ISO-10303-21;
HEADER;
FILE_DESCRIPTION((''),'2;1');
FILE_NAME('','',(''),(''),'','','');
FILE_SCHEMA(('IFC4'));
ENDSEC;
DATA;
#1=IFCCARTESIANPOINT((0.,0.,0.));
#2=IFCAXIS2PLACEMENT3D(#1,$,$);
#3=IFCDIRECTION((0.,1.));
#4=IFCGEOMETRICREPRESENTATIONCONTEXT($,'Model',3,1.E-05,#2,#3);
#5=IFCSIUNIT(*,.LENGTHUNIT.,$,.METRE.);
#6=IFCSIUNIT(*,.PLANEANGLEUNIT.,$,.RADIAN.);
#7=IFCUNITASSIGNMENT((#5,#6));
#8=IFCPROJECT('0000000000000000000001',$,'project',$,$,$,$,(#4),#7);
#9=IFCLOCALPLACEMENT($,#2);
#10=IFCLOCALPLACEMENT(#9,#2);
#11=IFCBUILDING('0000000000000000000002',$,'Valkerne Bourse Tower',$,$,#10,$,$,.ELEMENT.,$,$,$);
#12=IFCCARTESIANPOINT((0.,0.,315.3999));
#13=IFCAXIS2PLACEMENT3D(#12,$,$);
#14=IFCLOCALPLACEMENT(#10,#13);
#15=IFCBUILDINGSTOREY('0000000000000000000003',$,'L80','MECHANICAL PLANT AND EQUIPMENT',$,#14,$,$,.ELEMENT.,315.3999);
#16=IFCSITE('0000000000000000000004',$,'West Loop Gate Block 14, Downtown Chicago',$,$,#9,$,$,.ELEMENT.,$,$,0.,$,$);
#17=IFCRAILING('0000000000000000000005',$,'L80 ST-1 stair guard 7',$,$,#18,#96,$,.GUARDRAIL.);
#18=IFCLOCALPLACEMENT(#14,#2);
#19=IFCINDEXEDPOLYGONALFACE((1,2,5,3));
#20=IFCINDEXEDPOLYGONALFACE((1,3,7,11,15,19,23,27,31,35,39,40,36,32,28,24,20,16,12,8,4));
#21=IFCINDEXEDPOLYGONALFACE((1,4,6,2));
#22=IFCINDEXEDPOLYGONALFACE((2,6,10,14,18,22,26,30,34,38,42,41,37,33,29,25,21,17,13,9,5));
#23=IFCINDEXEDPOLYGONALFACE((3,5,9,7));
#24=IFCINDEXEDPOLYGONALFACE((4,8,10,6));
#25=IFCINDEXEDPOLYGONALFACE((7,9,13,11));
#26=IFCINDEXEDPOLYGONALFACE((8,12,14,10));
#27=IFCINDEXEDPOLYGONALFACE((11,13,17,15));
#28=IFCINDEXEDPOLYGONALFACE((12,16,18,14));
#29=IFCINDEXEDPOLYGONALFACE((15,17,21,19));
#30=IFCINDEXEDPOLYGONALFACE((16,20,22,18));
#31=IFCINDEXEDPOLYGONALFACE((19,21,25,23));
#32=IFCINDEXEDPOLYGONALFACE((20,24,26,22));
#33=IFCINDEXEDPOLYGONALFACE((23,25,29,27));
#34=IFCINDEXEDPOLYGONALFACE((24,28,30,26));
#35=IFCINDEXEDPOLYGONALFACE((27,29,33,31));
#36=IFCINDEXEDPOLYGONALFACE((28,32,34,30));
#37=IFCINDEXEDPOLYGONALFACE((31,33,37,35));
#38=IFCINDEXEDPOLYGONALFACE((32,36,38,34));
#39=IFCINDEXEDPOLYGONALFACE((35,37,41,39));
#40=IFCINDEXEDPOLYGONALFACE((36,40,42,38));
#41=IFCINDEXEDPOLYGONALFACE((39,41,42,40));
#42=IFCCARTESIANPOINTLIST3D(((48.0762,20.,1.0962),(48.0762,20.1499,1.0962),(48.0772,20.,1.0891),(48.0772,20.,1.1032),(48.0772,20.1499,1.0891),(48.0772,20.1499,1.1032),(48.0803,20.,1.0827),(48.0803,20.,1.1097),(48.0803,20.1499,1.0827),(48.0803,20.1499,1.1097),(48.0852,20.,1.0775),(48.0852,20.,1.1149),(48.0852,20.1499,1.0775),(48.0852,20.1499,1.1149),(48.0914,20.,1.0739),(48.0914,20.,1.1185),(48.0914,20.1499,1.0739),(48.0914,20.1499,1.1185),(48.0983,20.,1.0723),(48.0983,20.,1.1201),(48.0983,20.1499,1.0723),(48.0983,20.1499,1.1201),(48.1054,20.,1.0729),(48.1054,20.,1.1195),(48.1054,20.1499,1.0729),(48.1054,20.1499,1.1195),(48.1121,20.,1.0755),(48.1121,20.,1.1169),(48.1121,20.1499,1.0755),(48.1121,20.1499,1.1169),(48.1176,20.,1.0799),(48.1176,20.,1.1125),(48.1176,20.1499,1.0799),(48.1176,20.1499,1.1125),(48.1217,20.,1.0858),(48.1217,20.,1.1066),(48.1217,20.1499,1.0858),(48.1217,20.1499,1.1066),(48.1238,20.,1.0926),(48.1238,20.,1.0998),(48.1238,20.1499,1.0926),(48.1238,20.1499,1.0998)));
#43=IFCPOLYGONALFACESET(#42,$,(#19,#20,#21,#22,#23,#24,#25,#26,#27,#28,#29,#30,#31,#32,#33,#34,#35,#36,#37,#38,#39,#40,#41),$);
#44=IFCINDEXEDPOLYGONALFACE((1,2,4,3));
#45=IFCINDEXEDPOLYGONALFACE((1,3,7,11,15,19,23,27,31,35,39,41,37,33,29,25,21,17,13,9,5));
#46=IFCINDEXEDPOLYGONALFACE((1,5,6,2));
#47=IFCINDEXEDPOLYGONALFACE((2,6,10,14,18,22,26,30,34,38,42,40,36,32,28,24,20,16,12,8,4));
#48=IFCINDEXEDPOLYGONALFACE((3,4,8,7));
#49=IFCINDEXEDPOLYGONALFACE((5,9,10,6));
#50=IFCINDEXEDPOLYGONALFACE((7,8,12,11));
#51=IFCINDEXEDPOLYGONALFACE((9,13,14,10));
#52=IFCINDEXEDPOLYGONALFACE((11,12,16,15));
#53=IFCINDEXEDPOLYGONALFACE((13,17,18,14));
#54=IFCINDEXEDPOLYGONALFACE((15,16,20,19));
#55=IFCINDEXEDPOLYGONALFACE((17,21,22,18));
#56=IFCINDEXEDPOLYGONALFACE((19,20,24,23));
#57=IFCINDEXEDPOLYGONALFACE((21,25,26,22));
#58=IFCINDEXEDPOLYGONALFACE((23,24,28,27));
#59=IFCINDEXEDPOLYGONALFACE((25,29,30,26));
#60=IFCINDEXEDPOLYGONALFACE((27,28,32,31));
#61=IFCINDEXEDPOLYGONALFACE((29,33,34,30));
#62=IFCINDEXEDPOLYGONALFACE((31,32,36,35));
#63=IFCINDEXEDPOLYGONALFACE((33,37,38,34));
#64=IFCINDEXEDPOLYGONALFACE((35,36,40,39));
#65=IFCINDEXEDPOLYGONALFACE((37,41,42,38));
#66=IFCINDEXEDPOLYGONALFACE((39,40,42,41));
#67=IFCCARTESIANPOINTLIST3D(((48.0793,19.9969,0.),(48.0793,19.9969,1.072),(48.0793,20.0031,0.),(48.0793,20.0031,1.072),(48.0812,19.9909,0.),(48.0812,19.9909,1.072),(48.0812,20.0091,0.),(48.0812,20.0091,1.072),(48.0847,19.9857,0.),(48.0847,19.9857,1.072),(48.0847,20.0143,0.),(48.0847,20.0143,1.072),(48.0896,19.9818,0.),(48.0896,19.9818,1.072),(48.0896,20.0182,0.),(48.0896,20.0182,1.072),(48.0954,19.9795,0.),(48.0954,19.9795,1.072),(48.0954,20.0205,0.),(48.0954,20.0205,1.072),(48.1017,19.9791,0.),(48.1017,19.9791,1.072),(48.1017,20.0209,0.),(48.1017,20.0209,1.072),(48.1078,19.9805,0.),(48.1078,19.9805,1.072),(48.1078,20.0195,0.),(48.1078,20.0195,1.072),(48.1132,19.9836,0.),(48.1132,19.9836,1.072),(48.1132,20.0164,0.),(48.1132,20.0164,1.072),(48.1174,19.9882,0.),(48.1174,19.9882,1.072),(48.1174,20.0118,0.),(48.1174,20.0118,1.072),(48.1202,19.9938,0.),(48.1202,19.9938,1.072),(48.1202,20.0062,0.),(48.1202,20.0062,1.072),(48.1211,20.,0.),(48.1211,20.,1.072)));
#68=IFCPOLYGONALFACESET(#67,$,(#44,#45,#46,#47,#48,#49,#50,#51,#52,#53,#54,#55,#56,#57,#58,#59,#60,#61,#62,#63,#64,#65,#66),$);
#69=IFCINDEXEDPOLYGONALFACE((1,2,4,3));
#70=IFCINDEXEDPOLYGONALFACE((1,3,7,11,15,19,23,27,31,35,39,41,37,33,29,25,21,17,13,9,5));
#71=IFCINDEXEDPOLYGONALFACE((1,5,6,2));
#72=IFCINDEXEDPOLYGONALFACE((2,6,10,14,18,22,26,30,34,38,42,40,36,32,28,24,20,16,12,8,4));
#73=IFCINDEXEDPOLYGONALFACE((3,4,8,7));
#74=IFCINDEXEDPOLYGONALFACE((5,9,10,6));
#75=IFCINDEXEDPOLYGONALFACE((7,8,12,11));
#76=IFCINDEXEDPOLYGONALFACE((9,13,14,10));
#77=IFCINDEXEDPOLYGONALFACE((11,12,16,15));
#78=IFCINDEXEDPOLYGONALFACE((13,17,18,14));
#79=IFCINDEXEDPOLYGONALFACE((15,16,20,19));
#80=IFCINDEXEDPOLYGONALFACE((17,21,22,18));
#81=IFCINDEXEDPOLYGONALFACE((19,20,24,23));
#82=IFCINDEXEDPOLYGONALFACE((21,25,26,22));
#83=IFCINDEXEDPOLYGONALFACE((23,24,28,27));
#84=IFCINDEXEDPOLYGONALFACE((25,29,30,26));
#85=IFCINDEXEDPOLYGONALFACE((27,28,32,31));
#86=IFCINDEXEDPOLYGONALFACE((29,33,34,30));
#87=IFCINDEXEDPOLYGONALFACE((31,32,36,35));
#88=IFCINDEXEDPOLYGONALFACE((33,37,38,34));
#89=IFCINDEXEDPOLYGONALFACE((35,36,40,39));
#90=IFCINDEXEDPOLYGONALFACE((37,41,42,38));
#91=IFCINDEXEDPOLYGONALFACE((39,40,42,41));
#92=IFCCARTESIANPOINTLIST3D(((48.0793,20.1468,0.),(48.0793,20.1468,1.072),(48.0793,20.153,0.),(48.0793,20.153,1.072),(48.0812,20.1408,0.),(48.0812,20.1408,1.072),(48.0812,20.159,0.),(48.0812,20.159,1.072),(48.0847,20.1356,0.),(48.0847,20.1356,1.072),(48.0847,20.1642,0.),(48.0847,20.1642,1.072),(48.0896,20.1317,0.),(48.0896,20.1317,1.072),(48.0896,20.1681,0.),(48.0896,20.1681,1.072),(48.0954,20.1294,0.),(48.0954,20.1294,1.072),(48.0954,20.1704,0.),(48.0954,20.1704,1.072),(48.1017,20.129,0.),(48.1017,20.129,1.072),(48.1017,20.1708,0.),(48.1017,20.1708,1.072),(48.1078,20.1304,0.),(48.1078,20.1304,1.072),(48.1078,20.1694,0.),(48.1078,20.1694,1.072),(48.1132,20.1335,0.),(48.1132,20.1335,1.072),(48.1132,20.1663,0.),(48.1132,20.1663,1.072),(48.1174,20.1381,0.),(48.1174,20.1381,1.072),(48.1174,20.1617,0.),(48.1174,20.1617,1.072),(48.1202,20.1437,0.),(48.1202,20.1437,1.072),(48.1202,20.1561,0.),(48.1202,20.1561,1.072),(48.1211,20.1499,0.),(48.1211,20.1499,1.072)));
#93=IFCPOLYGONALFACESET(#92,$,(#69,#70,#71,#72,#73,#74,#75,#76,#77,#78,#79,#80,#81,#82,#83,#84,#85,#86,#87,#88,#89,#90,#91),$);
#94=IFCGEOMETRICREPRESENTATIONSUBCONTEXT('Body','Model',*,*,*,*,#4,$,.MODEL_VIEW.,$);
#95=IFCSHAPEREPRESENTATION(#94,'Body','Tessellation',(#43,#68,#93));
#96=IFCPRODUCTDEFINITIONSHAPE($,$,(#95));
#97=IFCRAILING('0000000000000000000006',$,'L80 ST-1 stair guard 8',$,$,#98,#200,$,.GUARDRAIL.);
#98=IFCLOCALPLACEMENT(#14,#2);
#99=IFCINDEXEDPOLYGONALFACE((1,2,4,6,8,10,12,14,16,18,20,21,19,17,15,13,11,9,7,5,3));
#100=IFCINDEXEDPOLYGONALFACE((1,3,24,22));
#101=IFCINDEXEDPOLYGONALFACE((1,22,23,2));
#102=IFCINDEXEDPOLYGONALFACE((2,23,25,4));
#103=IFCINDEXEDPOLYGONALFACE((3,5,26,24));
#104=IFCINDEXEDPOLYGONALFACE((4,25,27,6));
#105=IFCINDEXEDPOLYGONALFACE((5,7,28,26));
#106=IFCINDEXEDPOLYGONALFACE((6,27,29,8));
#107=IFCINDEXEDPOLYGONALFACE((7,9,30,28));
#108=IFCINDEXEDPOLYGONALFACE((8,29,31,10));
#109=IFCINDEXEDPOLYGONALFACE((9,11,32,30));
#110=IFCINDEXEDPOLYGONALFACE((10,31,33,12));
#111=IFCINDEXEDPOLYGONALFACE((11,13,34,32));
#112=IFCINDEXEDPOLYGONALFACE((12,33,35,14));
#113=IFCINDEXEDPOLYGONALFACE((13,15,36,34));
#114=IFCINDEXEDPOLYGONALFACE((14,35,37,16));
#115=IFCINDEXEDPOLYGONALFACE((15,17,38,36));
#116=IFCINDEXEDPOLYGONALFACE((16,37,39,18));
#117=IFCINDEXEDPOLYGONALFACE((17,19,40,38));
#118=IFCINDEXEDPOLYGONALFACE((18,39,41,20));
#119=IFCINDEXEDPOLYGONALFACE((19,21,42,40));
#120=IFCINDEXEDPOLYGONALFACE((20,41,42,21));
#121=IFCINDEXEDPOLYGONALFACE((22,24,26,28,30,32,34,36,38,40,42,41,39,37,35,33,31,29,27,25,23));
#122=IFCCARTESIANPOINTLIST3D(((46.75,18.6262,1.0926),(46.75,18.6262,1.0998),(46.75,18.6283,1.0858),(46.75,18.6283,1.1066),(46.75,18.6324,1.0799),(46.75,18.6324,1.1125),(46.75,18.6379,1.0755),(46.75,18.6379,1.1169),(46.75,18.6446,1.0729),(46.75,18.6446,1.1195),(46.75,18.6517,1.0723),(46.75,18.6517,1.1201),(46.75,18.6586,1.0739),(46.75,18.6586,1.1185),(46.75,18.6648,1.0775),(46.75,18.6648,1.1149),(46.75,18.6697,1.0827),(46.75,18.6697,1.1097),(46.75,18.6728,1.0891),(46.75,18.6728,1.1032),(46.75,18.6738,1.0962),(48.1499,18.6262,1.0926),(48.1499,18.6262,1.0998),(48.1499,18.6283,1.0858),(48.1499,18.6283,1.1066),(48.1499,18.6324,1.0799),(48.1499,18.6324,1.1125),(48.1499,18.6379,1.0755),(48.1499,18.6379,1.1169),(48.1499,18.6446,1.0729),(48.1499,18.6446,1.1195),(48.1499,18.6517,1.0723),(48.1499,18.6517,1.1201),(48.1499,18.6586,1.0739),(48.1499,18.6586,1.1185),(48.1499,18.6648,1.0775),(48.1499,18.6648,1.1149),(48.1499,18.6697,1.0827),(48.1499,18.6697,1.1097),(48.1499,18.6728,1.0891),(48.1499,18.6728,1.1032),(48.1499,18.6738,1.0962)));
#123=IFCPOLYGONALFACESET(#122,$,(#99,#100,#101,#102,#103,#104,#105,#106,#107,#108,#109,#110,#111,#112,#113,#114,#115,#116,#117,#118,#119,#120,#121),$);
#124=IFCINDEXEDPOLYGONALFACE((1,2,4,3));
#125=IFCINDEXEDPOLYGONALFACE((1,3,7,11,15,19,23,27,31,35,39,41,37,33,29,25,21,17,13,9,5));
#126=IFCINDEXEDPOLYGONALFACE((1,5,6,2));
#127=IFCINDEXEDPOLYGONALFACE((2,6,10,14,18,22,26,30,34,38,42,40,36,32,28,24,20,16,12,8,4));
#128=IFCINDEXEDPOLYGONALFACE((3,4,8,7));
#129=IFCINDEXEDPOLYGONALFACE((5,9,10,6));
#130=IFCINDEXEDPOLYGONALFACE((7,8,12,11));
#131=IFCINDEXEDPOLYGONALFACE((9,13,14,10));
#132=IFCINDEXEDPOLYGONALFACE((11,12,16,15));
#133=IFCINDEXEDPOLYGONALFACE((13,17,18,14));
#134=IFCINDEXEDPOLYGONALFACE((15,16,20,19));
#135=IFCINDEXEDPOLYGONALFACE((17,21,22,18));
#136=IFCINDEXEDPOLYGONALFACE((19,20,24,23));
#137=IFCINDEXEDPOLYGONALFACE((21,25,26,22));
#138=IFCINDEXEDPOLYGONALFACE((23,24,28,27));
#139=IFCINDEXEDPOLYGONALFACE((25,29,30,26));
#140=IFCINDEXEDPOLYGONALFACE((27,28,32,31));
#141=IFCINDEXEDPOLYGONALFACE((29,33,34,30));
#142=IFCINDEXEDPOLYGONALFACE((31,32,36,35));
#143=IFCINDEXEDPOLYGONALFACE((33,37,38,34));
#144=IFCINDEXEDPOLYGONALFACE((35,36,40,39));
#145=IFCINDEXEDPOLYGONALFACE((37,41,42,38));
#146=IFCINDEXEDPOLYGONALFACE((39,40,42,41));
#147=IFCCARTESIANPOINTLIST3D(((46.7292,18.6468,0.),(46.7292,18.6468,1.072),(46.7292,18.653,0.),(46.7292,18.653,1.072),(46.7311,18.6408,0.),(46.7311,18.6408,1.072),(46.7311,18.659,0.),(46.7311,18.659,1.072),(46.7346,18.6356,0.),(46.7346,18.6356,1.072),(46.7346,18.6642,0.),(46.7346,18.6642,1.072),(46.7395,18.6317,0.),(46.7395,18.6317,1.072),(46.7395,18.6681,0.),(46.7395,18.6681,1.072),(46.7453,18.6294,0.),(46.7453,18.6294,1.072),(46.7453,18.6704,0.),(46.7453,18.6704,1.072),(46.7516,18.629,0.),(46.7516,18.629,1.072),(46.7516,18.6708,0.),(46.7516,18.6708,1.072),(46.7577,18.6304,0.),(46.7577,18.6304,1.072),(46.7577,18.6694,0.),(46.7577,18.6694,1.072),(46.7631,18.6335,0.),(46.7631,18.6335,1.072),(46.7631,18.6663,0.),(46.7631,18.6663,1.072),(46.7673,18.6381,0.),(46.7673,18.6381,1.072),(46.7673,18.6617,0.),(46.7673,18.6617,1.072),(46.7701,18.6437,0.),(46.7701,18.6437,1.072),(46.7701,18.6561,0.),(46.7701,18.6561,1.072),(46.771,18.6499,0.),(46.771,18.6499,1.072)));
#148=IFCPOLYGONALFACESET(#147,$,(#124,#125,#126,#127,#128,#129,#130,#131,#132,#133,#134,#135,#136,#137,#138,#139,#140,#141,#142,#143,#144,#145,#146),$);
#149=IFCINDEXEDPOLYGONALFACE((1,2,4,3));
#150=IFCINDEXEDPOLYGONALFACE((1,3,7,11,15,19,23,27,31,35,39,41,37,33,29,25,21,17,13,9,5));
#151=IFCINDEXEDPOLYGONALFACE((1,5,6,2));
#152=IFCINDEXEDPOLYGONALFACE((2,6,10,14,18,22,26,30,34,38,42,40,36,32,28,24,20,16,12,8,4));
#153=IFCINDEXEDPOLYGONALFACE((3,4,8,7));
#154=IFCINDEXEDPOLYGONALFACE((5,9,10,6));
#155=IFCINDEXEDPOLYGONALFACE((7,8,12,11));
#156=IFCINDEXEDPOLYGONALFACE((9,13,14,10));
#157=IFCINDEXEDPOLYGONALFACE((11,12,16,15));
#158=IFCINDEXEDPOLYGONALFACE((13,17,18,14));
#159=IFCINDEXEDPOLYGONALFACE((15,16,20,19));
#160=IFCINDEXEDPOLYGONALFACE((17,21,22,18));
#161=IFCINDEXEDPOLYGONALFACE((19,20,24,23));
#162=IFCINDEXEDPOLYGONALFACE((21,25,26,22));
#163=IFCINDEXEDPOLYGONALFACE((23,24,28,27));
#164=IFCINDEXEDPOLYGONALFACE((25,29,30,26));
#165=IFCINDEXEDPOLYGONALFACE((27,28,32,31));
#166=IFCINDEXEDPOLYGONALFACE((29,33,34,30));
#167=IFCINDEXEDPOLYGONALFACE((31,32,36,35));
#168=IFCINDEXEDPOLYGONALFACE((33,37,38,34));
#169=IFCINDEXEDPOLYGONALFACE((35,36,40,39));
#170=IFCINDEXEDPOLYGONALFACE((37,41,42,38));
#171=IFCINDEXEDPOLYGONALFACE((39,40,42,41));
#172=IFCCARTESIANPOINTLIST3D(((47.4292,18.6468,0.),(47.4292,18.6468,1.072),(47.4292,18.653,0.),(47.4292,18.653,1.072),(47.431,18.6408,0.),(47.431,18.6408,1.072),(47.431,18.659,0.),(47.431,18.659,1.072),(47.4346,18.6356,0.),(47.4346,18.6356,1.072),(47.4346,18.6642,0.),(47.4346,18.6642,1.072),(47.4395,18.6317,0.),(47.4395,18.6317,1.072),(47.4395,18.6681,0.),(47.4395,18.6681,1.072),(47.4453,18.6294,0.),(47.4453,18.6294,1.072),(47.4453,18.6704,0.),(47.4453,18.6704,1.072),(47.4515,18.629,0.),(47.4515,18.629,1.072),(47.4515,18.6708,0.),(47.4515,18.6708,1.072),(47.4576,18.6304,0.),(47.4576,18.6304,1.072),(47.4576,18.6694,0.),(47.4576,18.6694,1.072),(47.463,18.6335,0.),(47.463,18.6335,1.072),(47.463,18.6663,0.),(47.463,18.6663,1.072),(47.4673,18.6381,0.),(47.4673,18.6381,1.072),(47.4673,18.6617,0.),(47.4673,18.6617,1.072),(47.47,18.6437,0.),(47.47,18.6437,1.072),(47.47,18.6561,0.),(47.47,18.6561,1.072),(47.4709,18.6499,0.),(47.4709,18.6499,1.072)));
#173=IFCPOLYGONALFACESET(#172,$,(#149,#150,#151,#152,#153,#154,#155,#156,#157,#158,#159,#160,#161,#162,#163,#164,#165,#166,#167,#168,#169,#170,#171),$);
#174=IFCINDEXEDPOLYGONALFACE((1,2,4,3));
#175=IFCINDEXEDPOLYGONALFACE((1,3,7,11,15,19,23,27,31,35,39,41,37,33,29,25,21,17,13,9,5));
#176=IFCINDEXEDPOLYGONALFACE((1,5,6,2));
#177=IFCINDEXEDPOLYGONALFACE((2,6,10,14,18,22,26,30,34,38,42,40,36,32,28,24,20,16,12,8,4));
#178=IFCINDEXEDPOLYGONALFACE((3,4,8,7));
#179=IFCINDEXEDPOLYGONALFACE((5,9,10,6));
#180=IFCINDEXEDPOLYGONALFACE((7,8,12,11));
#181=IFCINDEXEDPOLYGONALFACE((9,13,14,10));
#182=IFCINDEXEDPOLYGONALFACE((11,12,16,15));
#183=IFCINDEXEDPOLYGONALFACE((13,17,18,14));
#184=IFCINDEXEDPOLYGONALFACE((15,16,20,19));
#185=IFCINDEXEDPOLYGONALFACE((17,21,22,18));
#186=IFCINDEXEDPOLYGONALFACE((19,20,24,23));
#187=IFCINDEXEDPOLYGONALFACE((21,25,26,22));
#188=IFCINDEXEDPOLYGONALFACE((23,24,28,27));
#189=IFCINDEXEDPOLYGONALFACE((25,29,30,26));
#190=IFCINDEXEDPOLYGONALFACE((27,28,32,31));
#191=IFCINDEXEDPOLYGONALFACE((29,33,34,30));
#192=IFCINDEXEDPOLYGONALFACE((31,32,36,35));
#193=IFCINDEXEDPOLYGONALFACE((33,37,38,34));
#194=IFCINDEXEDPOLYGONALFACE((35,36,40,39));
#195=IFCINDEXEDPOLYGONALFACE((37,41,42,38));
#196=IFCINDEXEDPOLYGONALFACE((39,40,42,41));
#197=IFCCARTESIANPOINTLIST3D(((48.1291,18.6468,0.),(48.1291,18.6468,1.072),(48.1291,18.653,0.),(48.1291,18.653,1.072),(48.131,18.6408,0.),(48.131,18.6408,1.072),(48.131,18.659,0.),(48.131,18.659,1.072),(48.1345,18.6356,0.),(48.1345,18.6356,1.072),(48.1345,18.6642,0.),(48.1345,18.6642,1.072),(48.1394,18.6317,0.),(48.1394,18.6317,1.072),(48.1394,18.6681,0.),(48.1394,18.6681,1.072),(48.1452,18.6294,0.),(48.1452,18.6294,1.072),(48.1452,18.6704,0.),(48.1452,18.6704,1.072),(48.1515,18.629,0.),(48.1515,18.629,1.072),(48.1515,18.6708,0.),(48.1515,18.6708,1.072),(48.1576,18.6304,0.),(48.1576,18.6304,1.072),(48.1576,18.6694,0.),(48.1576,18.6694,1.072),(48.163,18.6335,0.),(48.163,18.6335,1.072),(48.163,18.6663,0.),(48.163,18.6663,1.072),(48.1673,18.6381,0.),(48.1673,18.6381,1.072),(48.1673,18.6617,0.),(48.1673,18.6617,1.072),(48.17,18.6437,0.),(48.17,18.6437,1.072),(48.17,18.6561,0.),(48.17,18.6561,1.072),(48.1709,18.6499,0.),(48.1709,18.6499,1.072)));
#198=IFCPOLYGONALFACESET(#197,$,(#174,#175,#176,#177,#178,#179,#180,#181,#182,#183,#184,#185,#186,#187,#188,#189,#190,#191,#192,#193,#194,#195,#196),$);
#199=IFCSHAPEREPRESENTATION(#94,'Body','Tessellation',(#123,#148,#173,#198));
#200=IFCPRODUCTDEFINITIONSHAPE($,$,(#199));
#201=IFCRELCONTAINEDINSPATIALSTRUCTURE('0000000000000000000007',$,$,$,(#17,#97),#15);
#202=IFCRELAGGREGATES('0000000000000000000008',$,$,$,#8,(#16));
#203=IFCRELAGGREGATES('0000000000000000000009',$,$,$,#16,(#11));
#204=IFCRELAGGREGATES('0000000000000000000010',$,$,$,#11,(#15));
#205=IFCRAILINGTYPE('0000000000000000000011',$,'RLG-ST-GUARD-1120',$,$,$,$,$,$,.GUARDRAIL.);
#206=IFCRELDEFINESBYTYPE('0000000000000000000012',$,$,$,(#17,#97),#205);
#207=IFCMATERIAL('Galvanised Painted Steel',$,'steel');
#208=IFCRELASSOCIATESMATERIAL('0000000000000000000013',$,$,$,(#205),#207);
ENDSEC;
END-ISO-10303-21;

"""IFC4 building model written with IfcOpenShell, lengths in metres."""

from ifc_helpers import new_model, si_unit, direction, frame, origin, origin_2d, place, context, subcontext, project, spatial, circle, extrude, material, type_object, element, save


model = new_model("IFC4")

# Units and contexts
model_context = context("Model", 3, precision=1e-05, world=origin(), true_north=direction((0.0, 1.0)))
body_context = subcontext(model_context, "Body", "Model", "MODEL_VIEW")
ifc_project = project(units=[si_unit("LENGTHUNIT", "METRE"), si_unit("PLANEANGLEUNIT", "RADIAN")], contexts=[model_context])

# Site, building, storey
site_placement = place(None, origin())
site = spatial("IfcSite", under=ifc_project, at=site_placement, Name="West Loop Gate Block 14, Downtown Chicago", CompositionType="ELEMENT", RefElevation=0.0)
building_placement = place(site_placement, origin())
building = spatial("IfcBuilding", under=site, at=building_placement, Name="Valkerne Bourse Tower", CompositionType="ELEMENT")
storey_placement = place(building_placement, frame((0.0, 0.0, 315.3999)))
storey = spatial("IfcBuildingStorey", under=building, at=storey_placement, Name="L80", Description="MECHANICAL PLANT AND EQUIPMENT", CompositionType="ELEMENT", Elevation=315.3999)

# Railings
ifc_material_1 = material(Name="Galvanised Painted Steel", Category="steel")
railing_type_1 = type_object("IfcRailingType", Name="RLG-ST-GUARD-1120", PredefinedType="GUARDRAIL", material=ifc_material_1)
railing_1_placement = place(storey_placement, frame((48.1001, 20.0, 0.0)))
element("IfcRailing", 1, at=railing_1_placement, inside=storey, type_object=railing_type_1, Name="L80 ST-1 stair guard 7", PredefinedType="GUARDRAIL", context=body_context, shape_type="SweptSolid", body=[
    extrude(circle(Radius=0.0239, at=origin_2d()), frame((0.0, 0.0, 1.0962), z_axis=(0.0, 1.0, 0.0), x_axis=(-1.0, 0.0, 0.0)), (0.0, 0.0, 1.0), 0.1499),
    extrude(circle(Radius=0.021, at=origin_2d()), origin(), (0.0, 0.0, 1.0), 1.072),
    extrude(circle(Radius=0.021, at=origin_2d()), frame((0.0, 0.1499, 0.0)), (0.0, 0.0, 1.0), 1.072),
])
for number, where, name in (
    (2, (46.75, 18.6499, 0.0), "L80 ST-1 stair guard 8"),
):
    element("IfcRailing", number, at=place(storey_placement, frame(where)), inside=storey, type_object=railing_type_1, Name=name, PredefinedType="GUARDRAIL", context=body_context, shape_type="SweptSolid", body=[
        extrude(circle(Radius=0.0239, at=origin_2d()), frame((0.0, 0.0, 1.0962), z_axis=(1.0, 0.0, 0.0), x_axis=(0.0, 1.0, 0.0)), (0.0, 0.0, 1.0), 1.3999),
        extrude(circle(Radius=0.021, at=origin_2d()), origin(), (0.0, 0.0, 1.0), 1.072),
        extrude(circle(Radius=0.021, at=origin_2d()), frame((0.7, 0.0, 0.0)), (0.0, 0.0, 1.0), 1.072),
        extrude(circle(Radius=0.021, at=origin_2d()), frame((1.3999, 0.0, 0.0)), (0.0, 0.0, 1.0), 1.072),
    ])

save(model, "model.ifc")
